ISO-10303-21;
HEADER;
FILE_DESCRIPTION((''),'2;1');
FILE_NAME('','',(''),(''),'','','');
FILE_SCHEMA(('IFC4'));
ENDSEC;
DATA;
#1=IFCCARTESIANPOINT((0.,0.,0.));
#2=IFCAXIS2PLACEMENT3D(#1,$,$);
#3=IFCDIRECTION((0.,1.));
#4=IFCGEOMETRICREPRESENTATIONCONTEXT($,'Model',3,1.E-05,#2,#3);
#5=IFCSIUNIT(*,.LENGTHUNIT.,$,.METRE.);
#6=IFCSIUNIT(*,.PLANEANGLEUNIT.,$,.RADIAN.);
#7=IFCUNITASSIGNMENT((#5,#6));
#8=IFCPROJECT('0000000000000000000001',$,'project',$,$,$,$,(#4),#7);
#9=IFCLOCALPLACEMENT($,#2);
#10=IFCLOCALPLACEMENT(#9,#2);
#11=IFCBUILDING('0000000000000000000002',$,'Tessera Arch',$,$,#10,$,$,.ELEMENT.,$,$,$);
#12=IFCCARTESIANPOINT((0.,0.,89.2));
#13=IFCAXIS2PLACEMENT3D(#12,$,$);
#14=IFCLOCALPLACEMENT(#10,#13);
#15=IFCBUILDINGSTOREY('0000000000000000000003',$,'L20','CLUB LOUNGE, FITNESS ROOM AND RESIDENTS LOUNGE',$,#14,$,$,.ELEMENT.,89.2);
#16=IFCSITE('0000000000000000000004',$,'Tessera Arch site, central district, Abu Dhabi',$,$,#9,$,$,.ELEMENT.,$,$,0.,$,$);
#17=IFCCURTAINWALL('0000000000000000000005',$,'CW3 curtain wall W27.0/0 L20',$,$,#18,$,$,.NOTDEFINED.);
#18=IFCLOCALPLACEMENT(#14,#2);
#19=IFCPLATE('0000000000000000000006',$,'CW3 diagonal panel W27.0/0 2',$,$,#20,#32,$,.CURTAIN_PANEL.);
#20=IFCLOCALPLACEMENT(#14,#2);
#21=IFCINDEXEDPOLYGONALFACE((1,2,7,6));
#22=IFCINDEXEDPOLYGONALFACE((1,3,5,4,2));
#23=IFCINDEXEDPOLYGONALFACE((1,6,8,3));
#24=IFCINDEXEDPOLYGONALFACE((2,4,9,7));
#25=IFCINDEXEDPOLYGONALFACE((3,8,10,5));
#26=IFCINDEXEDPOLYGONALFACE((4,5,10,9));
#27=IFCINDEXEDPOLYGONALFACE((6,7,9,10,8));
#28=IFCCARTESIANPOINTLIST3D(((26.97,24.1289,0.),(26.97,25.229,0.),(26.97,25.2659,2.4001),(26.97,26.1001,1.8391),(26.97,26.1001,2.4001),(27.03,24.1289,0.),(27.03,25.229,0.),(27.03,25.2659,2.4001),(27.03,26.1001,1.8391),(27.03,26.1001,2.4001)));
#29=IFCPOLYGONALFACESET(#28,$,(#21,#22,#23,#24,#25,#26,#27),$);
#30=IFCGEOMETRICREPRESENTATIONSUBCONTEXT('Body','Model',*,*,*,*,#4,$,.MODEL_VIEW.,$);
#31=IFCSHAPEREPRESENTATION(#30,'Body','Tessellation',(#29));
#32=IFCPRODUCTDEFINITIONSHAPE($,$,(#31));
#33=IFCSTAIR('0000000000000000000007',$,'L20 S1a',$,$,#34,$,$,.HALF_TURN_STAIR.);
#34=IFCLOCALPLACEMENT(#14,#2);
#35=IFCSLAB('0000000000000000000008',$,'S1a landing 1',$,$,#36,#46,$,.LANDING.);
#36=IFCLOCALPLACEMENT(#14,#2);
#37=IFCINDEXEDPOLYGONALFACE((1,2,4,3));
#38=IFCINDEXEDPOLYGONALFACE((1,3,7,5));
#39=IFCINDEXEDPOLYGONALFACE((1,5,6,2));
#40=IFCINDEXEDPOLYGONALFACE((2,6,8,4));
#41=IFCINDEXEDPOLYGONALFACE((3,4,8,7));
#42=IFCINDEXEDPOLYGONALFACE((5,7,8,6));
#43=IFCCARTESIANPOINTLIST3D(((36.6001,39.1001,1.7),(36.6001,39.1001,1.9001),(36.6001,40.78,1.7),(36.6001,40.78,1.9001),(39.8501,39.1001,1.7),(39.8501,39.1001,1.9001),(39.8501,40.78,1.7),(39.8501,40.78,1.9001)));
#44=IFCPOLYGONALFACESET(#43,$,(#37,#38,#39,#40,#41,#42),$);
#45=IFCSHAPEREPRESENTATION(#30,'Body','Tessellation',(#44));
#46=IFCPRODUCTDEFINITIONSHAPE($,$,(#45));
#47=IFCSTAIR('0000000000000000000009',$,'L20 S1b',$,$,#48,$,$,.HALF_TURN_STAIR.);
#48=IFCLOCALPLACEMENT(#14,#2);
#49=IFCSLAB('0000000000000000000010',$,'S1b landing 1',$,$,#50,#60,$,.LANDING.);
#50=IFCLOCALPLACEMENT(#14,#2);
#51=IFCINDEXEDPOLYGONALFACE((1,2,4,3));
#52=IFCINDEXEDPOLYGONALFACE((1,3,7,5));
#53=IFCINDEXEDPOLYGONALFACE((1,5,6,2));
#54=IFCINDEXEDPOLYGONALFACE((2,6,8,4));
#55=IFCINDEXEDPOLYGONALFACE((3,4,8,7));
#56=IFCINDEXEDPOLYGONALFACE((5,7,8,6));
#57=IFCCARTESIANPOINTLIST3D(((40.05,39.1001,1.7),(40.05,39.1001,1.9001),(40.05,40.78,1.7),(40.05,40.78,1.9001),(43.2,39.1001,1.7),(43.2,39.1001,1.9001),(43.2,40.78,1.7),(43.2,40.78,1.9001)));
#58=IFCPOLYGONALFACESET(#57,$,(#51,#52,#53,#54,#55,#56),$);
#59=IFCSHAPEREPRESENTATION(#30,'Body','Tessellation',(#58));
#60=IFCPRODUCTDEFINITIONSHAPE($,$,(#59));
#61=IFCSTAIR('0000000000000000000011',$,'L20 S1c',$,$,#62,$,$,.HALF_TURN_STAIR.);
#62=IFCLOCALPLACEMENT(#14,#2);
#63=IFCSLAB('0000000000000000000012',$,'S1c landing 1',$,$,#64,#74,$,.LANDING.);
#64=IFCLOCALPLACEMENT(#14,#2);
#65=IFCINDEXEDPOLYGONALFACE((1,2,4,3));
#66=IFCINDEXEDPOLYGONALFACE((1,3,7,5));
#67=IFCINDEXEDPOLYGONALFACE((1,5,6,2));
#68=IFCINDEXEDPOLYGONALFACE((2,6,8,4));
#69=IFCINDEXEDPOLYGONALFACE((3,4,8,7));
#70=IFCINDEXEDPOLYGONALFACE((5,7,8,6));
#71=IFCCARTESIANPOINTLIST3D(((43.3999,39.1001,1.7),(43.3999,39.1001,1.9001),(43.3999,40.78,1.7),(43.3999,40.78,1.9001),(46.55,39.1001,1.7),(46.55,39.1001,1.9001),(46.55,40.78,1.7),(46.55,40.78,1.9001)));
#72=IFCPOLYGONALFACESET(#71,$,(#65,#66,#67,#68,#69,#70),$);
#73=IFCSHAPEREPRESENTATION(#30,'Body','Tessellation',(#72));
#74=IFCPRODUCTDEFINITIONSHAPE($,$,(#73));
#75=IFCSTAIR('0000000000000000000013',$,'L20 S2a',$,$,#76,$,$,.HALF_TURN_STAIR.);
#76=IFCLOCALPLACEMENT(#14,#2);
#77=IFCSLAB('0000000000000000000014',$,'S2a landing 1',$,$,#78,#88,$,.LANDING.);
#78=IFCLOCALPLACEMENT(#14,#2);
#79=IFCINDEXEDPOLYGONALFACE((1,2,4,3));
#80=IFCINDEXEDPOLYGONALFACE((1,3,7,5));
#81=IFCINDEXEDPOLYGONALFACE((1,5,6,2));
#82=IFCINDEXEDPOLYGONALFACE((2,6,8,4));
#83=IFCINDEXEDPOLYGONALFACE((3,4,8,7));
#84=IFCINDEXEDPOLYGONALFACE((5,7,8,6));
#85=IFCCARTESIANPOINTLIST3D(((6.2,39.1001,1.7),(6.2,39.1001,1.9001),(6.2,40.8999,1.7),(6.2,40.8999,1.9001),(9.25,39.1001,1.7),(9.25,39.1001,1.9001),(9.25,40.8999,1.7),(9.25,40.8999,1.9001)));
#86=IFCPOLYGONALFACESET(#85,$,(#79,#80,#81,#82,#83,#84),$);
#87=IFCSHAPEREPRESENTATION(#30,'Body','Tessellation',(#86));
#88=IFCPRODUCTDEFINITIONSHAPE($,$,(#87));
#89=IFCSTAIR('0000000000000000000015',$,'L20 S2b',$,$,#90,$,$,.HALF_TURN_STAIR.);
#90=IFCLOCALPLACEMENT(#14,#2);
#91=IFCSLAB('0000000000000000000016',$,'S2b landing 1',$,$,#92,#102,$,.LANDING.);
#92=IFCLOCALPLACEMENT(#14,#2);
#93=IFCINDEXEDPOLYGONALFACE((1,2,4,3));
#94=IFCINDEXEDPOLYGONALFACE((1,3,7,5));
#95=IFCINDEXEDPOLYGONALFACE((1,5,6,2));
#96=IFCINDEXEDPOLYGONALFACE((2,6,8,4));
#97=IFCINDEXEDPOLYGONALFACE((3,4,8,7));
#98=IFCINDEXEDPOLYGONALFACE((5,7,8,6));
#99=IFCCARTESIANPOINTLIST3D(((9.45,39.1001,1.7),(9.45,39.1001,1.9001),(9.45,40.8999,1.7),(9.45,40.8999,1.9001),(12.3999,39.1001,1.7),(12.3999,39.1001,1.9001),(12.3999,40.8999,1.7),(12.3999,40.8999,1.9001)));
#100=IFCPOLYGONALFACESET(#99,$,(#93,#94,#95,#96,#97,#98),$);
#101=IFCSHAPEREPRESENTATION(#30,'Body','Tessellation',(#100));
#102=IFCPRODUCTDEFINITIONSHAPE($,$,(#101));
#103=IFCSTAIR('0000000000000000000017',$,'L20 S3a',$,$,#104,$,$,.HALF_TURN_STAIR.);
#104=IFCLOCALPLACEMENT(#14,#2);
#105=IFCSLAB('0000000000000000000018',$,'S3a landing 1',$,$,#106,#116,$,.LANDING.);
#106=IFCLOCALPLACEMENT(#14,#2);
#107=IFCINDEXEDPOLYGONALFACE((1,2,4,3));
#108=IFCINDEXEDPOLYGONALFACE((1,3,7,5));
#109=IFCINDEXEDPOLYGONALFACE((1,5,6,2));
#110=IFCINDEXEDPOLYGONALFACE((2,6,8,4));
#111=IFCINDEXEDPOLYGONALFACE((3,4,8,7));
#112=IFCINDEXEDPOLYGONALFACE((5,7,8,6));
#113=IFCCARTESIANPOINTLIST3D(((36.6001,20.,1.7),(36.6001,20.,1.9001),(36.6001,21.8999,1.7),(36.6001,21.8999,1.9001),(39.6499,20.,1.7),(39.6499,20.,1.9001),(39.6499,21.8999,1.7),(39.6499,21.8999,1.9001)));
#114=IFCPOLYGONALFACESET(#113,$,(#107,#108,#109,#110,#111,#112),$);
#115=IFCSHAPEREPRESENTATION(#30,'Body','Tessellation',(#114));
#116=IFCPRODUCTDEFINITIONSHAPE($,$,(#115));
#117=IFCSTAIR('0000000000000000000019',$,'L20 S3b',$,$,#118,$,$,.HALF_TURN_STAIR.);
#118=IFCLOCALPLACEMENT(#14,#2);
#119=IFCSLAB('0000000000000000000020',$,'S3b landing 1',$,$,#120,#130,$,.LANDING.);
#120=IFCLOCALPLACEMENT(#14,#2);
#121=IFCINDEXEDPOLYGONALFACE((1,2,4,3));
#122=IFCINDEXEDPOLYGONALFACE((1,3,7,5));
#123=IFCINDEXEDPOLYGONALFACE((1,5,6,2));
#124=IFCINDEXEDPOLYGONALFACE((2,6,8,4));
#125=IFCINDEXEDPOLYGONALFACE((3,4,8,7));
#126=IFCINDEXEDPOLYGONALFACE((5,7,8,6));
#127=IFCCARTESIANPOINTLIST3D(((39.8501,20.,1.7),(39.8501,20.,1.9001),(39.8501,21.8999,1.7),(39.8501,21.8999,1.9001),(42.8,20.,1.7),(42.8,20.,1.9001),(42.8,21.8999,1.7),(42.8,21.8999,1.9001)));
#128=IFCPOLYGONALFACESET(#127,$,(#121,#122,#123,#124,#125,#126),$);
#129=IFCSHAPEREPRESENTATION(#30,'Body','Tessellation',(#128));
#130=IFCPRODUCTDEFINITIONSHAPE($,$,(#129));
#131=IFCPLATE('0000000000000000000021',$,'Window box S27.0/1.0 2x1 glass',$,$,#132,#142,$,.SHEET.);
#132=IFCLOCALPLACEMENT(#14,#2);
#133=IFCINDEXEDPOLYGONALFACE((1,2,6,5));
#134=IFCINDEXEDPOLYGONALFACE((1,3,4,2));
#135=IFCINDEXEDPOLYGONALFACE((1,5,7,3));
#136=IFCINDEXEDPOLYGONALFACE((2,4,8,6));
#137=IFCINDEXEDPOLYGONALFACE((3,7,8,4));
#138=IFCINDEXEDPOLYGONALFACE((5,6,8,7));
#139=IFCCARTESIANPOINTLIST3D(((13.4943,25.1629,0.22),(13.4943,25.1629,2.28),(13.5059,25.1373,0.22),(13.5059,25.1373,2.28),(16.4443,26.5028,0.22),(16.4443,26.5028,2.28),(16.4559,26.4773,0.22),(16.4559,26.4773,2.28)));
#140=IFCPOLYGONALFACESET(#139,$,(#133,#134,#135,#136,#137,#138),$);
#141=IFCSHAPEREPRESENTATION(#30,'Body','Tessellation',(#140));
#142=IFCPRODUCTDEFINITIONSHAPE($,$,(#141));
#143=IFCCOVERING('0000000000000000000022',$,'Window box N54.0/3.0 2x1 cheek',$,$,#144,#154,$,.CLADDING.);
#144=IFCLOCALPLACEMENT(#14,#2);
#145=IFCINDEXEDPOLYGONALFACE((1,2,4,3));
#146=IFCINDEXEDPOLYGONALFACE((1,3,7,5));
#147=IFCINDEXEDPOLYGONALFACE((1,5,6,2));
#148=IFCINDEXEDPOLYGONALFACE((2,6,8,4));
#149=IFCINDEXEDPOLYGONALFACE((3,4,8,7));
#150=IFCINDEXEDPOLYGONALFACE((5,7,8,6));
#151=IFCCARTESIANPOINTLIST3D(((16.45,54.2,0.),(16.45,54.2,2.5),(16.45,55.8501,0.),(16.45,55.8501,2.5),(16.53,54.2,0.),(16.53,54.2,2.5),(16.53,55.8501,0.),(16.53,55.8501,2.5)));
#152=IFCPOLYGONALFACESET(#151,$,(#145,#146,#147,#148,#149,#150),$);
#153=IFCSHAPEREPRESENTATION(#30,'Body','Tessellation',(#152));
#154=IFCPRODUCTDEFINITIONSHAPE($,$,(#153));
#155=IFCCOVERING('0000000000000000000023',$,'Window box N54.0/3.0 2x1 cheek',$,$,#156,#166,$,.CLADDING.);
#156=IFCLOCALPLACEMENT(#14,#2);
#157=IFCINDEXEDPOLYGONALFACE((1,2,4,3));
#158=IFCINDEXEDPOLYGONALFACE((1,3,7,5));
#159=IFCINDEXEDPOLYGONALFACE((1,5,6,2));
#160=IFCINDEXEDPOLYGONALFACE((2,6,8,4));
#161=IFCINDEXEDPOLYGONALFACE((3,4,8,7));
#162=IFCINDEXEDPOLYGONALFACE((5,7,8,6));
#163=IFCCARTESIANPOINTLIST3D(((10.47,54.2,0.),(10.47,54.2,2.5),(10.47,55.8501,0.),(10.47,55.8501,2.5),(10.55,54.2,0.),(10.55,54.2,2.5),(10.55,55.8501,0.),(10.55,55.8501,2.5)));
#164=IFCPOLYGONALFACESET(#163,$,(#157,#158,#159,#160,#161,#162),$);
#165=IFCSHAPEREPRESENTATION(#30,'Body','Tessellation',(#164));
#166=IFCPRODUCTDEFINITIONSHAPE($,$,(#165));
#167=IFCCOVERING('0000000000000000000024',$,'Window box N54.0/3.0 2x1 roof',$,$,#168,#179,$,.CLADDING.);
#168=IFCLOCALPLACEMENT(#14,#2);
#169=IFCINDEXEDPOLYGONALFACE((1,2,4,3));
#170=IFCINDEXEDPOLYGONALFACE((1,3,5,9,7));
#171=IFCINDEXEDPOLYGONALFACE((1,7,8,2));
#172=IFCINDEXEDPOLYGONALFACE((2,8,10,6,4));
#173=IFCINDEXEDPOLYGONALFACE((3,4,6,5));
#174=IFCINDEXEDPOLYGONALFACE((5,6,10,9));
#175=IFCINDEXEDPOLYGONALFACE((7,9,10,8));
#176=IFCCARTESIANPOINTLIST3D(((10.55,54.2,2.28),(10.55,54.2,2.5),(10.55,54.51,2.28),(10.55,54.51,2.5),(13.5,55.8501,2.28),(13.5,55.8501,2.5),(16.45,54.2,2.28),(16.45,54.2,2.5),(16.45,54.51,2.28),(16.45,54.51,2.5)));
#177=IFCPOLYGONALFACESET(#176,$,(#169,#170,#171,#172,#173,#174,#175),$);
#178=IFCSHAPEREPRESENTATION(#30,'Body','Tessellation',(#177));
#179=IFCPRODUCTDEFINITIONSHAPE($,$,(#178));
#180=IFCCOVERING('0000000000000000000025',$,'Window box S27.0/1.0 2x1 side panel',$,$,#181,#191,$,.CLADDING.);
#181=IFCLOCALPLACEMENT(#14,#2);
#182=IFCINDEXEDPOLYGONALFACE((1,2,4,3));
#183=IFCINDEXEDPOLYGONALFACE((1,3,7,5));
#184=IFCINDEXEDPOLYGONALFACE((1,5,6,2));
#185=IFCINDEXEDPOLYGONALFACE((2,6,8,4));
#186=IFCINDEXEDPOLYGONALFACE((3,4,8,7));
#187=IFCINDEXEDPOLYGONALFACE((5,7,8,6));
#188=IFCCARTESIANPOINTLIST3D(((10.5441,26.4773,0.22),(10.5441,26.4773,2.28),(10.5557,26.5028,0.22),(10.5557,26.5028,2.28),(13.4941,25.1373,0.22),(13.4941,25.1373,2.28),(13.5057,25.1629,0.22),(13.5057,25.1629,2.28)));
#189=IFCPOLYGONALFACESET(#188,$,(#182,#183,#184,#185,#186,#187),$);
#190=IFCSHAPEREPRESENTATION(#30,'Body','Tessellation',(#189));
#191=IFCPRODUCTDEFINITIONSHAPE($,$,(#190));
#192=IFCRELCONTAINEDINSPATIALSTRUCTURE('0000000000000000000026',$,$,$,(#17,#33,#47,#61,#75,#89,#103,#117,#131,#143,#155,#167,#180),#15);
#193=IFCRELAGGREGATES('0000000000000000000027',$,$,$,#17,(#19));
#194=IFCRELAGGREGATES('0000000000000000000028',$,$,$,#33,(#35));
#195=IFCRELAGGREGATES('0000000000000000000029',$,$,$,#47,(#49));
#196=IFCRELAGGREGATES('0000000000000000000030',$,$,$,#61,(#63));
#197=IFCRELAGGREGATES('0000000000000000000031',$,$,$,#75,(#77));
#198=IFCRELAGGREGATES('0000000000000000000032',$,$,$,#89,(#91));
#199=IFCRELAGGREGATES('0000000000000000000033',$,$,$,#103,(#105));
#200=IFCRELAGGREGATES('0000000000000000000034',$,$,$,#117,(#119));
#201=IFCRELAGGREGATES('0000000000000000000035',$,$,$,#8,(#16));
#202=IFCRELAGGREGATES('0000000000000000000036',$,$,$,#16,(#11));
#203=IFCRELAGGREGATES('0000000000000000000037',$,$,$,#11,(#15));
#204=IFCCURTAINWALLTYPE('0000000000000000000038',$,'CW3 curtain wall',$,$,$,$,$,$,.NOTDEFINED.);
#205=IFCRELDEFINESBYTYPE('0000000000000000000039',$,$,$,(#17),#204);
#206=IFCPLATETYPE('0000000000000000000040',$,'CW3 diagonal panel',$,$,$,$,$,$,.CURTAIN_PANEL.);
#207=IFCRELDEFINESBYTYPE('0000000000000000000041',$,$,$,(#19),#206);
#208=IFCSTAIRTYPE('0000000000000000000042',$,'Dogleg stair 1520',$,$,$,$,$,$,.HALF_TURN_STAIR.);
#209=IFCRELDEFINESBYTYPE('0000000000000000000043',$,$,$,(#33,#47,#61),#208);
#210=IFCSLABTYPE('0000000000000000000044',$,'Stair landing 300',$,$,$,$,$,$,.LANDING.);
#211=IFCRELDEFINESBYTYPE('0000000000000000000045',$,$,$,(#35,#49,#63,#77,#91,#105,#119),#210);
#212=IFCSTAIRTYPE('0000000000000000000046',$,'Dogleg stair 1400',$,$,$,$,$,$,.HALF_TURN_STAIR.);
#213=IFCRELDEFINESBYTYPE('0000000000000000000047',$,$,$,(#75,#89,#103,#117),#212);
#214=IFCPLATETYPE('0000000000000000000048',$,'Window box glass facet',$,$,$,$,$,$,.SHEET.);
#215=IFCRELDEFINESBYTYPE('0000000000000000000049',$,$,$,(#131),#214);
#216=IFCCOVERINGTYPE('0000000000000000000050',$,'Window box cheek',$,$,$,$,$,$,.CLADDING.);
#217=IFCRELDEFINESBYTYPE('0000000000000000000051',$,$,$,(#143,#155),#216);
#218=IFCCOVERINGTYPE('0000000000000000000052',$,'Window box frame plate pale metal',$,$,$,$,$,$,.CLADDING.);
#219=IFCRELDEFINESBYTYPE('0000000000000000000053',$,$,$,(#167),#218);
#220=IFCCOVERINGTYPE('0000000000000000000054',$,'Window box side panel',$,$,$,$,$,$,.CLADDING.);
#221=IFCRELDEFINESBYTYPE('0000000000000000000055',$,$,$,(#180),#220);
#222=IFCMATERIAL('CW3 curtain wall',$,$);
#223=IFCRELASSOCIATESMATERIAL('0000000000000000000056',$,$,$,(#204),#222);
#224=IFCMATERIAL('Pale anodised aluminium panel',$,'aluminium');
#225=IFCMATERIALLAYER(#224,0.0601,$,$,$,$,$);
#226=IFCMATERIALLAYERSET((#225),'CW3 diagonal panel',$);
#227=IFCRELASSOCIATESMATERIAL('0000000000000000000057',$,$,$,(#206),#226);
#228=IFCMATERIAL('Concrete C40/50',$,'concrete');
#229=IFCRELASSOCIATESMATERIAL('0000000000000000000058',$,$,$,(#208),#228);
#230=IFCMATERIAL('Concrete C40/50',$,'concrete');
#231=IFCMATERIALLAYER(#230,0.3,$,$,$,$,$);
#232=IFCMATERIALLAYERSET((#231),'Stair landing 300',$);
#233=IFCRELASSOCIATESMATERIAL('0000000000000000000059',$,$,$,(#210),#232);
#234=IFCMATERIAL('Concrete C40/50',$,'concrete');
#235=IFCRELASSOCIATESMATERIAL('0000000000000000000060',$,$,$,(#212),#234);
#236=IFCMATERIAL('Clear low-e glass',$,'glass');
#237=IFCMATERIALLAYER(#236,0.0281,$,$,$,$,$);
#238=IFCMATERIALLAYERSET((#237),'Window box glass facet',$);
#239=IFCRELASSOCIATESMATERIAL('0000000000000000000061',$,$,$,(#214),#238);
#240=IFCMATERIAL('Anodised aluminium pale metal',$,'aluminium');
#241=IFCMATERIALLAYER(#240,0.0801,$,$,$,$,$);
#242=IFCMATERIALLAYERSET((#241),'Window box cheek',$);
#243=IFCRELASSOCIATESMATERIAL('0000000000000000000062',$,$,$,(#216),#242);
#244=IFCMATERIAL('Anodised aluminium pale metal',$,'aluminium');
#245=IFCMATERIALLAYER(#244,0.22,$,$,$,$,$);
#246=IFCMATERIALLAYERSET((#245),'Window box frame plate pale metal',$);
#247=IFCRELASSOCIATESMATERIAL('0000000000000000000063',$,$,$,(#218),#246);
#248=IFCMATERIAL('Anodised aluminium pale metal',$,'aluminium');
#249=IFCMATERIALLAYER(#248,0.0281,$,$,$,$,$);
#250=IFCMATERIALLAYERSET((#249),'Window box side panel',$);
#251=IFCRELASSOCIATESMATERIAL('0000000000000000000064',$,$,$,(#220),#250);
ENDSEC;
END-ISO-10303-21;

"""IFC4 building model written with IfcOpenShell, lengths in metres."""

from ifc_helpers import new_model, si_unit, direction, frame, origin, origin_2d, place, context, subcontext, project, spatial, polyline, rectangle, outline, extrude, material, layer, layer_set, type_object, element, aggregate, save


model = new_model("IFC4")

# Units and contexts
model_context = context("Model", 3, precision=1e-05, world=origin(), true_north=direction((0.0, 1.0)))
body_context = subcontext(model_context, "Body", "Model", "MODEL_VIEW")
ifc_project = project(units=[si_unit("LENGTHUNIT", "METRE"), si_unit("PLANEANGLEUNIT", "RADIAN")], contexts=[model_context])

# Site, building, storey
site_placement = place(None, origin())
site = spatial("IfcSite", under=ifc_project, at=site_placement, Name="Tessera Arch site, central district, Abu Dhabi", CompositionType="ELEMENT", RefElevation=0.0)
building_placement = place(site_placement, origin())
building = spatial("IfcBuilding", under=site, at=building_placement, Name="Tessera Arch", CompositionType="ELEMENT")
storey_placement = place(building_placement, frame((0.0, 0.0, 89.2)))
storey = spatial("IfcBuildingStorey", under=building, at=storey_placement, Name="L20", Description="CLUB LOUNGE, FITNESS ROOM AND RESIDENTS LOUNGE", CompositionType="ELEMENT", Elevation=89.2)

# Curtain wall, plate
ifc_material_1 = material(Name="CW3 curtain wall")
curtain_wall_type_1 = type_object("IfcCurtainWallType", Name="CW3 curtain wall", PredefinedType="NOTDEFINED", material=ifc_material_1)
curtain_wall_1_placement = place(storey_placement, origin())
curtain_wall_1 = element("IfcCurtainWall", 1, at=curtain_wall_1_placement, inside=storey, type_object=curtain_wall_type_1, Name="CW3 curtain wall W27.0/0 L20", PredefinedType="NOTDEFINED")
ifc_material_2 = material(Name="Pale anodised aluminium panel", Category="aluminium")
ifc_layer_1 = layer(ifc_material_2, 0.0601)
ifc_layer_set_1 = layer_set([ifc_layer_1], Name="CW3 diagonal panel")
plate_type_1 = type_object("IfcPlateType", Name="CW3 diagonal panel", PredefinedType="CURTAIN_PANEL", material=ifc_layer_set_1)
plate_1_placement = place(storey_placement, frame((26.97, 26.1001, 2.4001), z_axis=(-1.0, 0.0, 0.0), x_axis=(0.0, 0.0, -1.0)))
plate_1 = element("IfcPlate", 2, at=plate_1_placement, type_object=plate_type_1, Name="CW3 diagonal panel W27.0/0 2", PredefinedType="CURTAIN_PANEL", context=body_context, shape_type="SweptSolid", body=[
    extrude(outline(polyline([(0.0, 0.0), (0.561, 0.0), (2.4001, 0.8711), (2.4001, 1.9712), (0.0, 0.8342), (0.0, 0.0)])), origin(), (0.0, 0.0, -1.0), 0.0601),
])
aggregate(curtain_wall_1, [plate_1])

# Stairs, slabs
ifc_material_3 = material(Name="Concrete C40/50", Category="concrete")
stair_type_1 = type_object("IfcStairType", Name="Dogleg stair 1520", PredefinedType="HALF_TURN_STAIR", material=ifc_material_3)
stair_1_placement = place(storey_placement, origin())
stair_1 = element("IfcStair", 3, at=stair_1_placement, inside=storey, type_object=stair_type_1, Name="L20 S1a", PredefinedType="HALF_TURN_STAIR")
ifc_material_4 = material(Name="Concrete C40/50", Category="concrete")
ifc_layer_2 = layer(ifc_material_4, 0.3)
ifc_layer_set_2 = layer_set([ifc_layer_2], Name="Stair landing 300")
slab_type = type_object("IfcSlabType", Name="Stair landing 300", PredefinedType="LANDING", material=ifc_layer_set_2)
slab_1_placement = place(storey_placement, frame((0.0, 0.0, 1.7)))
slab_1 = element("IfcSlab", 4, at=slab_1_placement, type_object=slab_type, Name="S1a landing 1", PredefinedType="LANDING", context=body_context, shape_type="SweptSolid", body=[
    extrude(outline(polyline([(36.6001, 40.78), (36.6001, 39.1001), (39.8501, 39.1001), (39.8501, 40.78), (36.6001, 40.78)])), origin(), (0.0, 0.0, 1.0), 0.2002),
])
aggregate(stair_1, [slab_1])
stair_2_placement = place(storey_placement, origin())
stair_2 = element("IfcStair", 5, at=stair_2_placement, inside=storey, type_object=stair_type_1, Name="L20 S1b", PredefinedType="HALF_TURN_STAIR")
slab_2_placement = place(storey_placement, frame((0.0, 0.0, 1.7)))
slab_2 = element("IfcSlab", 6, at=slab_2_placement, type_object=slab_type, Name="S1b landing 1", PredefinedType="LANDING", context=body_context, shape_type="SweptSolid", body=[
    extrude(outline(polyline([(40.05, 40.78), (40.05, 39.1001), (43.2, 39.1001), (43.2, 40.78), (40.05, 40.78)])), origin(), (0.0, 0.0, 1.0), 0.2002),
])
aggregate(stair_2, [slab_2])
stair_3_placement = place(storey_placement, origin())
stair_3 = element("IfcStair", 7, at=stair_3_placement, inside=storey, type_object=stair_type_1, Name="L20 S1c", PredefinedType="HALF_TURN_STAIR")
slab_3_placement = place(storey_placement, frame((0.0, 0.0, 1.7)))
slab_3 = element("IfcSlab", 8, at=slab_3_placement, type_object=slab_type, Name="S1c landing 1", PredefinedType="LANDING", context=body_context, shape_type="SweptSolid", body=[
    extrude(outline(polyline([(43.3999, 40.78), (43.3999, 39.1001), (46.55, 39.1001), (46.55, 40.78), (43.3999, 40.78)])), origin(), (0.0, 0.0, 1.0), 0.2002),
])
aggregate(stair_3, [slab_3])
ifc_material_5 = material(Name="Concrete C40/50", Category="concrete")
stair_type_2 = type_object("IfcStairType", Name="Dogleg stair 1400", PredefinedType="HALF_TURN_STAIR", material=ifc_material_5)
stair_4_placement = place(storey_placement, origin())
stair_4 = element("IfcStair", 9, at=stair_4_placement, inside=storey, type_object=stair_type_2, Name="L20 S2a", PredefinedType="HALF_TURN_STAIR")
slab_4_placement = place(storey_placement, frame((0.0, 0.0, 1.7)))
slab_4 = element("IfcSlab", 10, at=slab_4_placement, type_object=slab_type, Name="S2a landing 1", PredefinedType="LANDING", context=body_context, shape_type="SweptSolid", body=[
    extrude(outline(polyline([(6.2, 40.8999), (6.2, 39.1001), (9.25, 39.1001), (9.25, 40.8999), (6.2, 40.8999)])), origin(), (0.0, 0.0, 1.0), 0.2002),
])
aggregate(stair_4, [slab_4])
stair_5_placement = place(storey_placement, origin())
stair_5 = element("IfcStair", 11, at=stair_5_placement, inside=storey, type_object=stair_type_2, Name="L20 S2b", PredefinedType="HALF_TURN_STAIR")
slab_5_placement = place(storey_placement, frame((0.0, 0.0, 1.7)))
slab_5 = element("IfcSlab", 12, at=slab_5_placement, type_object=slab_type, Name="S2b landing 1", PredefinedType="LANDING", context=body_context, shape_type="SweptSolid", body=[
    extrude(outline(polyline([(9.45, 40.8999), (9.45, 39.1001), (12.3999, 39.1001), (12.3999, 40.8999), (9.45, 40.8999)])), origin(), (0.0, 0.0, 1.0), 0.2002),
])
aggregate(stair_5, [slab_5])
stair_6_placement = place(storey_placement, origin())
stair_6 = element("IfcStair", 13, at=stair_6_placement, inside=storey, type_object=stair_type_2, Name="L20 S3a", PredefinedType="HALF_TURN_STAIR")
slab_6_placement = place(storey_placement, frame((0.0, 0.0, 1.7)))
slab_6 = element("IfcSlab", 14, at=slab_6_placement, type_object=slab_type, Name="S3a landing 1", PredefinedType="LANDING", context=body_context, shape_type="SweptSolid", body=[
    extrude(outline(polyline([(39.6499, 20.0), (39.6499, 21.8999), (36.6001, 21.8999), (36.6001, 20.0), (39.6499, 20.0)])), origin(), (0.0, 0.0, 1.0), 0.2002),
])
aggregate(stair_6, [slab_6])
stair_7_placement = place(storey_placement, origin())
stair_7 = element("IfcStair", 15, at=stair_7_placement, inside=storey, type_object=stair_type_2, Name="L20 S3b", PredefinedType="HALF_TURN_STAIR")
slab_7_placement = place(storey_placement, frame((0.0, 0.0, 1.7)))
slab_7 = element("IfcSlab", 16, at=slab_7_placement, type_object=slab_type, Name="S3b landing 1", PredefinedType="LANDING", context=body_context, shape_type="SweptSolid", body=[
    extrude(outline(polyline([(42.8, 20.0), (42.8, 21.8999), (39.8501, 21.8999), (39.8501, 20.0), (42.8, 20.0)])), origin(), (0.0, 0.0, 1.0), 0.2002),
])
aggregate(stair_7, [slab_7])

# Plate
ifc_material_6 = material(Name="Clear low-e glass", Category="glass")
ifc_layer_3 = layer(ifc_material_6, 0.0281)
ifc_layer_set_3 = layer_set([ifc_layer_3], Name="Window box glass facet")
plate_type_2 = type_object("IfcPlateType", Name="Window box glass facet", PredefinedType="SHEET", material=ifc_layer_set_3)
plate_2_placement = place(storey_placement, frame((14.9751, 25.8201, 0.22), z_axis=(0.0, 0.0, 1.0), x_axis=(-0.910472, -0.41357, 0.0)))
element("IfcPlate", 17, at=plate_2_placement, inside=storey, type_object=plate_type_2, Name="Window box S27.0/1.0 2x1 glass", PredefinedType="SHEET", context=body_context, shape_type="SweptSolid", body=[
    extrude(rectangle(XDim=3.24, YDim=0.0281, at=origin_2d()), origin(), (0.0, 0.0, 1.0), 2.0601),
])

# Coverings
ifc_material_7 = material(Name="Anodised aluminium pale metal", Category="aluminium")
ifc_layer_4 = layer(ifc_material_7, 0.0801)
ifc_layer_set_4 = layer_set([ifc_layer_4], Name="Window box cheek")
covering_type_1 = type_object("IfcCoveringType", Name="Window box cheek", PredefinedType="CLADDING", material=ifc_layer_set_4)
covering_1_placement = place(storey_placement, origin())
element("IfcCovering", 18, at=covering_1_placement, inside=storey, type_object=covering_type_1, Name="Window box N54.0/3.0 2x1 cheek", PredefinedType="CLADDING", context=body_context, shape_type="SweptSolid", body=[
    extrude(outline(polyline([(16.53, 55.8501), (16.45, 55.8501), (16.45, 54.2), (16.53, 54.2), (16.53, 55.8501)])), origin(), (0.0, 0.0, 1.0), 2.5),
])
covering_2_placement = place(storey_placement, origin())
element("IfcCovering", 19, at=covering_2_placement, inside=storey, type_object=covering_type_1, Name="Window box N54.0/3.0 2x1 cheek", PredefinedType="CLADDING", context=body_context, shape_type="SweptSolid", body=[
    extrude(outline(polyline([(10.55, 55.8501), (10.47, 55.8501), (10.47, 54.2), (10.55, 54.2), (10.55, 55.8501)])), origin(), (0.0, 0.0, 1.0), 2.5),
])
ifc_material_8 = material(Name="Anodised aluminium pale metal", Category="aluminium")
ifc_layer_5 = layer(ifc_material_8, 0.22)
ifc_layer_set_5 = layer_set([ifc_layer_5], Name="Window box frame plate pale metal")
covering_type_2 = type_object("IfcCoveringType", Name="Window box frame plate pale metal", PredefinedType="CLADDING", material=ifc_layer_set_5)
covering_3_placement = place(storey_placement, frame((0.0, 0.0, 2.28)))
element("IfcCovering", 20, at=covering_3_placement, inside=storey, type_object=covering_type_2, Name="Window box N54.0/3.0 2x1 roof", PredefinedType="CLADDING", context=body_context, shape_type="SweptSolid", body=[
    extrude(outline(polyline([(16.45, 54.51), (13.5, 55.8501), (10.55, 54.51), (10.55, 54.2), (16.45, 54.2), (16.45, 54.51)])), origin(), (0.0, 0.0, 1.0), 0.22),
])
ifc_material_9 = material(Name="Anodised aluminium pale metal", Category="aluminium")
ifc_layer_6 = layer(ifc_material_9, 0.0281)
ifc_layer_set_6 = layer_set([ifc_layer_6], Name="Window box side panel")
covering_type_3 = type_object("IfcCoveringType", Name="Window box side panel", PredefinedType="CLADDING", material=ifc_layer_set_6)
covering_4_placement = place(storey_placement, frame((12.0249, 25.8201, 0.22), z_axis=(0.0, 0.0, 1.0), x_axis=(0.910472, -0.41357, 0.0)))
element("IfcCovering", 21, at=covering_4_placement, inside=storey, type_object=covering_type_3, Name="Window box S27.0/1.0 2x1 side panel", PredefinedType="CLADDING", context=body_context, shape_type="SweptSolid", body=[
    extrude(rectangle(XDim=3.24, YDim=0.0281, at=origin_2d()), origin(), (0.0, 0.0, 1.0), 2.0601),
])

save(model, "model.ifc")
